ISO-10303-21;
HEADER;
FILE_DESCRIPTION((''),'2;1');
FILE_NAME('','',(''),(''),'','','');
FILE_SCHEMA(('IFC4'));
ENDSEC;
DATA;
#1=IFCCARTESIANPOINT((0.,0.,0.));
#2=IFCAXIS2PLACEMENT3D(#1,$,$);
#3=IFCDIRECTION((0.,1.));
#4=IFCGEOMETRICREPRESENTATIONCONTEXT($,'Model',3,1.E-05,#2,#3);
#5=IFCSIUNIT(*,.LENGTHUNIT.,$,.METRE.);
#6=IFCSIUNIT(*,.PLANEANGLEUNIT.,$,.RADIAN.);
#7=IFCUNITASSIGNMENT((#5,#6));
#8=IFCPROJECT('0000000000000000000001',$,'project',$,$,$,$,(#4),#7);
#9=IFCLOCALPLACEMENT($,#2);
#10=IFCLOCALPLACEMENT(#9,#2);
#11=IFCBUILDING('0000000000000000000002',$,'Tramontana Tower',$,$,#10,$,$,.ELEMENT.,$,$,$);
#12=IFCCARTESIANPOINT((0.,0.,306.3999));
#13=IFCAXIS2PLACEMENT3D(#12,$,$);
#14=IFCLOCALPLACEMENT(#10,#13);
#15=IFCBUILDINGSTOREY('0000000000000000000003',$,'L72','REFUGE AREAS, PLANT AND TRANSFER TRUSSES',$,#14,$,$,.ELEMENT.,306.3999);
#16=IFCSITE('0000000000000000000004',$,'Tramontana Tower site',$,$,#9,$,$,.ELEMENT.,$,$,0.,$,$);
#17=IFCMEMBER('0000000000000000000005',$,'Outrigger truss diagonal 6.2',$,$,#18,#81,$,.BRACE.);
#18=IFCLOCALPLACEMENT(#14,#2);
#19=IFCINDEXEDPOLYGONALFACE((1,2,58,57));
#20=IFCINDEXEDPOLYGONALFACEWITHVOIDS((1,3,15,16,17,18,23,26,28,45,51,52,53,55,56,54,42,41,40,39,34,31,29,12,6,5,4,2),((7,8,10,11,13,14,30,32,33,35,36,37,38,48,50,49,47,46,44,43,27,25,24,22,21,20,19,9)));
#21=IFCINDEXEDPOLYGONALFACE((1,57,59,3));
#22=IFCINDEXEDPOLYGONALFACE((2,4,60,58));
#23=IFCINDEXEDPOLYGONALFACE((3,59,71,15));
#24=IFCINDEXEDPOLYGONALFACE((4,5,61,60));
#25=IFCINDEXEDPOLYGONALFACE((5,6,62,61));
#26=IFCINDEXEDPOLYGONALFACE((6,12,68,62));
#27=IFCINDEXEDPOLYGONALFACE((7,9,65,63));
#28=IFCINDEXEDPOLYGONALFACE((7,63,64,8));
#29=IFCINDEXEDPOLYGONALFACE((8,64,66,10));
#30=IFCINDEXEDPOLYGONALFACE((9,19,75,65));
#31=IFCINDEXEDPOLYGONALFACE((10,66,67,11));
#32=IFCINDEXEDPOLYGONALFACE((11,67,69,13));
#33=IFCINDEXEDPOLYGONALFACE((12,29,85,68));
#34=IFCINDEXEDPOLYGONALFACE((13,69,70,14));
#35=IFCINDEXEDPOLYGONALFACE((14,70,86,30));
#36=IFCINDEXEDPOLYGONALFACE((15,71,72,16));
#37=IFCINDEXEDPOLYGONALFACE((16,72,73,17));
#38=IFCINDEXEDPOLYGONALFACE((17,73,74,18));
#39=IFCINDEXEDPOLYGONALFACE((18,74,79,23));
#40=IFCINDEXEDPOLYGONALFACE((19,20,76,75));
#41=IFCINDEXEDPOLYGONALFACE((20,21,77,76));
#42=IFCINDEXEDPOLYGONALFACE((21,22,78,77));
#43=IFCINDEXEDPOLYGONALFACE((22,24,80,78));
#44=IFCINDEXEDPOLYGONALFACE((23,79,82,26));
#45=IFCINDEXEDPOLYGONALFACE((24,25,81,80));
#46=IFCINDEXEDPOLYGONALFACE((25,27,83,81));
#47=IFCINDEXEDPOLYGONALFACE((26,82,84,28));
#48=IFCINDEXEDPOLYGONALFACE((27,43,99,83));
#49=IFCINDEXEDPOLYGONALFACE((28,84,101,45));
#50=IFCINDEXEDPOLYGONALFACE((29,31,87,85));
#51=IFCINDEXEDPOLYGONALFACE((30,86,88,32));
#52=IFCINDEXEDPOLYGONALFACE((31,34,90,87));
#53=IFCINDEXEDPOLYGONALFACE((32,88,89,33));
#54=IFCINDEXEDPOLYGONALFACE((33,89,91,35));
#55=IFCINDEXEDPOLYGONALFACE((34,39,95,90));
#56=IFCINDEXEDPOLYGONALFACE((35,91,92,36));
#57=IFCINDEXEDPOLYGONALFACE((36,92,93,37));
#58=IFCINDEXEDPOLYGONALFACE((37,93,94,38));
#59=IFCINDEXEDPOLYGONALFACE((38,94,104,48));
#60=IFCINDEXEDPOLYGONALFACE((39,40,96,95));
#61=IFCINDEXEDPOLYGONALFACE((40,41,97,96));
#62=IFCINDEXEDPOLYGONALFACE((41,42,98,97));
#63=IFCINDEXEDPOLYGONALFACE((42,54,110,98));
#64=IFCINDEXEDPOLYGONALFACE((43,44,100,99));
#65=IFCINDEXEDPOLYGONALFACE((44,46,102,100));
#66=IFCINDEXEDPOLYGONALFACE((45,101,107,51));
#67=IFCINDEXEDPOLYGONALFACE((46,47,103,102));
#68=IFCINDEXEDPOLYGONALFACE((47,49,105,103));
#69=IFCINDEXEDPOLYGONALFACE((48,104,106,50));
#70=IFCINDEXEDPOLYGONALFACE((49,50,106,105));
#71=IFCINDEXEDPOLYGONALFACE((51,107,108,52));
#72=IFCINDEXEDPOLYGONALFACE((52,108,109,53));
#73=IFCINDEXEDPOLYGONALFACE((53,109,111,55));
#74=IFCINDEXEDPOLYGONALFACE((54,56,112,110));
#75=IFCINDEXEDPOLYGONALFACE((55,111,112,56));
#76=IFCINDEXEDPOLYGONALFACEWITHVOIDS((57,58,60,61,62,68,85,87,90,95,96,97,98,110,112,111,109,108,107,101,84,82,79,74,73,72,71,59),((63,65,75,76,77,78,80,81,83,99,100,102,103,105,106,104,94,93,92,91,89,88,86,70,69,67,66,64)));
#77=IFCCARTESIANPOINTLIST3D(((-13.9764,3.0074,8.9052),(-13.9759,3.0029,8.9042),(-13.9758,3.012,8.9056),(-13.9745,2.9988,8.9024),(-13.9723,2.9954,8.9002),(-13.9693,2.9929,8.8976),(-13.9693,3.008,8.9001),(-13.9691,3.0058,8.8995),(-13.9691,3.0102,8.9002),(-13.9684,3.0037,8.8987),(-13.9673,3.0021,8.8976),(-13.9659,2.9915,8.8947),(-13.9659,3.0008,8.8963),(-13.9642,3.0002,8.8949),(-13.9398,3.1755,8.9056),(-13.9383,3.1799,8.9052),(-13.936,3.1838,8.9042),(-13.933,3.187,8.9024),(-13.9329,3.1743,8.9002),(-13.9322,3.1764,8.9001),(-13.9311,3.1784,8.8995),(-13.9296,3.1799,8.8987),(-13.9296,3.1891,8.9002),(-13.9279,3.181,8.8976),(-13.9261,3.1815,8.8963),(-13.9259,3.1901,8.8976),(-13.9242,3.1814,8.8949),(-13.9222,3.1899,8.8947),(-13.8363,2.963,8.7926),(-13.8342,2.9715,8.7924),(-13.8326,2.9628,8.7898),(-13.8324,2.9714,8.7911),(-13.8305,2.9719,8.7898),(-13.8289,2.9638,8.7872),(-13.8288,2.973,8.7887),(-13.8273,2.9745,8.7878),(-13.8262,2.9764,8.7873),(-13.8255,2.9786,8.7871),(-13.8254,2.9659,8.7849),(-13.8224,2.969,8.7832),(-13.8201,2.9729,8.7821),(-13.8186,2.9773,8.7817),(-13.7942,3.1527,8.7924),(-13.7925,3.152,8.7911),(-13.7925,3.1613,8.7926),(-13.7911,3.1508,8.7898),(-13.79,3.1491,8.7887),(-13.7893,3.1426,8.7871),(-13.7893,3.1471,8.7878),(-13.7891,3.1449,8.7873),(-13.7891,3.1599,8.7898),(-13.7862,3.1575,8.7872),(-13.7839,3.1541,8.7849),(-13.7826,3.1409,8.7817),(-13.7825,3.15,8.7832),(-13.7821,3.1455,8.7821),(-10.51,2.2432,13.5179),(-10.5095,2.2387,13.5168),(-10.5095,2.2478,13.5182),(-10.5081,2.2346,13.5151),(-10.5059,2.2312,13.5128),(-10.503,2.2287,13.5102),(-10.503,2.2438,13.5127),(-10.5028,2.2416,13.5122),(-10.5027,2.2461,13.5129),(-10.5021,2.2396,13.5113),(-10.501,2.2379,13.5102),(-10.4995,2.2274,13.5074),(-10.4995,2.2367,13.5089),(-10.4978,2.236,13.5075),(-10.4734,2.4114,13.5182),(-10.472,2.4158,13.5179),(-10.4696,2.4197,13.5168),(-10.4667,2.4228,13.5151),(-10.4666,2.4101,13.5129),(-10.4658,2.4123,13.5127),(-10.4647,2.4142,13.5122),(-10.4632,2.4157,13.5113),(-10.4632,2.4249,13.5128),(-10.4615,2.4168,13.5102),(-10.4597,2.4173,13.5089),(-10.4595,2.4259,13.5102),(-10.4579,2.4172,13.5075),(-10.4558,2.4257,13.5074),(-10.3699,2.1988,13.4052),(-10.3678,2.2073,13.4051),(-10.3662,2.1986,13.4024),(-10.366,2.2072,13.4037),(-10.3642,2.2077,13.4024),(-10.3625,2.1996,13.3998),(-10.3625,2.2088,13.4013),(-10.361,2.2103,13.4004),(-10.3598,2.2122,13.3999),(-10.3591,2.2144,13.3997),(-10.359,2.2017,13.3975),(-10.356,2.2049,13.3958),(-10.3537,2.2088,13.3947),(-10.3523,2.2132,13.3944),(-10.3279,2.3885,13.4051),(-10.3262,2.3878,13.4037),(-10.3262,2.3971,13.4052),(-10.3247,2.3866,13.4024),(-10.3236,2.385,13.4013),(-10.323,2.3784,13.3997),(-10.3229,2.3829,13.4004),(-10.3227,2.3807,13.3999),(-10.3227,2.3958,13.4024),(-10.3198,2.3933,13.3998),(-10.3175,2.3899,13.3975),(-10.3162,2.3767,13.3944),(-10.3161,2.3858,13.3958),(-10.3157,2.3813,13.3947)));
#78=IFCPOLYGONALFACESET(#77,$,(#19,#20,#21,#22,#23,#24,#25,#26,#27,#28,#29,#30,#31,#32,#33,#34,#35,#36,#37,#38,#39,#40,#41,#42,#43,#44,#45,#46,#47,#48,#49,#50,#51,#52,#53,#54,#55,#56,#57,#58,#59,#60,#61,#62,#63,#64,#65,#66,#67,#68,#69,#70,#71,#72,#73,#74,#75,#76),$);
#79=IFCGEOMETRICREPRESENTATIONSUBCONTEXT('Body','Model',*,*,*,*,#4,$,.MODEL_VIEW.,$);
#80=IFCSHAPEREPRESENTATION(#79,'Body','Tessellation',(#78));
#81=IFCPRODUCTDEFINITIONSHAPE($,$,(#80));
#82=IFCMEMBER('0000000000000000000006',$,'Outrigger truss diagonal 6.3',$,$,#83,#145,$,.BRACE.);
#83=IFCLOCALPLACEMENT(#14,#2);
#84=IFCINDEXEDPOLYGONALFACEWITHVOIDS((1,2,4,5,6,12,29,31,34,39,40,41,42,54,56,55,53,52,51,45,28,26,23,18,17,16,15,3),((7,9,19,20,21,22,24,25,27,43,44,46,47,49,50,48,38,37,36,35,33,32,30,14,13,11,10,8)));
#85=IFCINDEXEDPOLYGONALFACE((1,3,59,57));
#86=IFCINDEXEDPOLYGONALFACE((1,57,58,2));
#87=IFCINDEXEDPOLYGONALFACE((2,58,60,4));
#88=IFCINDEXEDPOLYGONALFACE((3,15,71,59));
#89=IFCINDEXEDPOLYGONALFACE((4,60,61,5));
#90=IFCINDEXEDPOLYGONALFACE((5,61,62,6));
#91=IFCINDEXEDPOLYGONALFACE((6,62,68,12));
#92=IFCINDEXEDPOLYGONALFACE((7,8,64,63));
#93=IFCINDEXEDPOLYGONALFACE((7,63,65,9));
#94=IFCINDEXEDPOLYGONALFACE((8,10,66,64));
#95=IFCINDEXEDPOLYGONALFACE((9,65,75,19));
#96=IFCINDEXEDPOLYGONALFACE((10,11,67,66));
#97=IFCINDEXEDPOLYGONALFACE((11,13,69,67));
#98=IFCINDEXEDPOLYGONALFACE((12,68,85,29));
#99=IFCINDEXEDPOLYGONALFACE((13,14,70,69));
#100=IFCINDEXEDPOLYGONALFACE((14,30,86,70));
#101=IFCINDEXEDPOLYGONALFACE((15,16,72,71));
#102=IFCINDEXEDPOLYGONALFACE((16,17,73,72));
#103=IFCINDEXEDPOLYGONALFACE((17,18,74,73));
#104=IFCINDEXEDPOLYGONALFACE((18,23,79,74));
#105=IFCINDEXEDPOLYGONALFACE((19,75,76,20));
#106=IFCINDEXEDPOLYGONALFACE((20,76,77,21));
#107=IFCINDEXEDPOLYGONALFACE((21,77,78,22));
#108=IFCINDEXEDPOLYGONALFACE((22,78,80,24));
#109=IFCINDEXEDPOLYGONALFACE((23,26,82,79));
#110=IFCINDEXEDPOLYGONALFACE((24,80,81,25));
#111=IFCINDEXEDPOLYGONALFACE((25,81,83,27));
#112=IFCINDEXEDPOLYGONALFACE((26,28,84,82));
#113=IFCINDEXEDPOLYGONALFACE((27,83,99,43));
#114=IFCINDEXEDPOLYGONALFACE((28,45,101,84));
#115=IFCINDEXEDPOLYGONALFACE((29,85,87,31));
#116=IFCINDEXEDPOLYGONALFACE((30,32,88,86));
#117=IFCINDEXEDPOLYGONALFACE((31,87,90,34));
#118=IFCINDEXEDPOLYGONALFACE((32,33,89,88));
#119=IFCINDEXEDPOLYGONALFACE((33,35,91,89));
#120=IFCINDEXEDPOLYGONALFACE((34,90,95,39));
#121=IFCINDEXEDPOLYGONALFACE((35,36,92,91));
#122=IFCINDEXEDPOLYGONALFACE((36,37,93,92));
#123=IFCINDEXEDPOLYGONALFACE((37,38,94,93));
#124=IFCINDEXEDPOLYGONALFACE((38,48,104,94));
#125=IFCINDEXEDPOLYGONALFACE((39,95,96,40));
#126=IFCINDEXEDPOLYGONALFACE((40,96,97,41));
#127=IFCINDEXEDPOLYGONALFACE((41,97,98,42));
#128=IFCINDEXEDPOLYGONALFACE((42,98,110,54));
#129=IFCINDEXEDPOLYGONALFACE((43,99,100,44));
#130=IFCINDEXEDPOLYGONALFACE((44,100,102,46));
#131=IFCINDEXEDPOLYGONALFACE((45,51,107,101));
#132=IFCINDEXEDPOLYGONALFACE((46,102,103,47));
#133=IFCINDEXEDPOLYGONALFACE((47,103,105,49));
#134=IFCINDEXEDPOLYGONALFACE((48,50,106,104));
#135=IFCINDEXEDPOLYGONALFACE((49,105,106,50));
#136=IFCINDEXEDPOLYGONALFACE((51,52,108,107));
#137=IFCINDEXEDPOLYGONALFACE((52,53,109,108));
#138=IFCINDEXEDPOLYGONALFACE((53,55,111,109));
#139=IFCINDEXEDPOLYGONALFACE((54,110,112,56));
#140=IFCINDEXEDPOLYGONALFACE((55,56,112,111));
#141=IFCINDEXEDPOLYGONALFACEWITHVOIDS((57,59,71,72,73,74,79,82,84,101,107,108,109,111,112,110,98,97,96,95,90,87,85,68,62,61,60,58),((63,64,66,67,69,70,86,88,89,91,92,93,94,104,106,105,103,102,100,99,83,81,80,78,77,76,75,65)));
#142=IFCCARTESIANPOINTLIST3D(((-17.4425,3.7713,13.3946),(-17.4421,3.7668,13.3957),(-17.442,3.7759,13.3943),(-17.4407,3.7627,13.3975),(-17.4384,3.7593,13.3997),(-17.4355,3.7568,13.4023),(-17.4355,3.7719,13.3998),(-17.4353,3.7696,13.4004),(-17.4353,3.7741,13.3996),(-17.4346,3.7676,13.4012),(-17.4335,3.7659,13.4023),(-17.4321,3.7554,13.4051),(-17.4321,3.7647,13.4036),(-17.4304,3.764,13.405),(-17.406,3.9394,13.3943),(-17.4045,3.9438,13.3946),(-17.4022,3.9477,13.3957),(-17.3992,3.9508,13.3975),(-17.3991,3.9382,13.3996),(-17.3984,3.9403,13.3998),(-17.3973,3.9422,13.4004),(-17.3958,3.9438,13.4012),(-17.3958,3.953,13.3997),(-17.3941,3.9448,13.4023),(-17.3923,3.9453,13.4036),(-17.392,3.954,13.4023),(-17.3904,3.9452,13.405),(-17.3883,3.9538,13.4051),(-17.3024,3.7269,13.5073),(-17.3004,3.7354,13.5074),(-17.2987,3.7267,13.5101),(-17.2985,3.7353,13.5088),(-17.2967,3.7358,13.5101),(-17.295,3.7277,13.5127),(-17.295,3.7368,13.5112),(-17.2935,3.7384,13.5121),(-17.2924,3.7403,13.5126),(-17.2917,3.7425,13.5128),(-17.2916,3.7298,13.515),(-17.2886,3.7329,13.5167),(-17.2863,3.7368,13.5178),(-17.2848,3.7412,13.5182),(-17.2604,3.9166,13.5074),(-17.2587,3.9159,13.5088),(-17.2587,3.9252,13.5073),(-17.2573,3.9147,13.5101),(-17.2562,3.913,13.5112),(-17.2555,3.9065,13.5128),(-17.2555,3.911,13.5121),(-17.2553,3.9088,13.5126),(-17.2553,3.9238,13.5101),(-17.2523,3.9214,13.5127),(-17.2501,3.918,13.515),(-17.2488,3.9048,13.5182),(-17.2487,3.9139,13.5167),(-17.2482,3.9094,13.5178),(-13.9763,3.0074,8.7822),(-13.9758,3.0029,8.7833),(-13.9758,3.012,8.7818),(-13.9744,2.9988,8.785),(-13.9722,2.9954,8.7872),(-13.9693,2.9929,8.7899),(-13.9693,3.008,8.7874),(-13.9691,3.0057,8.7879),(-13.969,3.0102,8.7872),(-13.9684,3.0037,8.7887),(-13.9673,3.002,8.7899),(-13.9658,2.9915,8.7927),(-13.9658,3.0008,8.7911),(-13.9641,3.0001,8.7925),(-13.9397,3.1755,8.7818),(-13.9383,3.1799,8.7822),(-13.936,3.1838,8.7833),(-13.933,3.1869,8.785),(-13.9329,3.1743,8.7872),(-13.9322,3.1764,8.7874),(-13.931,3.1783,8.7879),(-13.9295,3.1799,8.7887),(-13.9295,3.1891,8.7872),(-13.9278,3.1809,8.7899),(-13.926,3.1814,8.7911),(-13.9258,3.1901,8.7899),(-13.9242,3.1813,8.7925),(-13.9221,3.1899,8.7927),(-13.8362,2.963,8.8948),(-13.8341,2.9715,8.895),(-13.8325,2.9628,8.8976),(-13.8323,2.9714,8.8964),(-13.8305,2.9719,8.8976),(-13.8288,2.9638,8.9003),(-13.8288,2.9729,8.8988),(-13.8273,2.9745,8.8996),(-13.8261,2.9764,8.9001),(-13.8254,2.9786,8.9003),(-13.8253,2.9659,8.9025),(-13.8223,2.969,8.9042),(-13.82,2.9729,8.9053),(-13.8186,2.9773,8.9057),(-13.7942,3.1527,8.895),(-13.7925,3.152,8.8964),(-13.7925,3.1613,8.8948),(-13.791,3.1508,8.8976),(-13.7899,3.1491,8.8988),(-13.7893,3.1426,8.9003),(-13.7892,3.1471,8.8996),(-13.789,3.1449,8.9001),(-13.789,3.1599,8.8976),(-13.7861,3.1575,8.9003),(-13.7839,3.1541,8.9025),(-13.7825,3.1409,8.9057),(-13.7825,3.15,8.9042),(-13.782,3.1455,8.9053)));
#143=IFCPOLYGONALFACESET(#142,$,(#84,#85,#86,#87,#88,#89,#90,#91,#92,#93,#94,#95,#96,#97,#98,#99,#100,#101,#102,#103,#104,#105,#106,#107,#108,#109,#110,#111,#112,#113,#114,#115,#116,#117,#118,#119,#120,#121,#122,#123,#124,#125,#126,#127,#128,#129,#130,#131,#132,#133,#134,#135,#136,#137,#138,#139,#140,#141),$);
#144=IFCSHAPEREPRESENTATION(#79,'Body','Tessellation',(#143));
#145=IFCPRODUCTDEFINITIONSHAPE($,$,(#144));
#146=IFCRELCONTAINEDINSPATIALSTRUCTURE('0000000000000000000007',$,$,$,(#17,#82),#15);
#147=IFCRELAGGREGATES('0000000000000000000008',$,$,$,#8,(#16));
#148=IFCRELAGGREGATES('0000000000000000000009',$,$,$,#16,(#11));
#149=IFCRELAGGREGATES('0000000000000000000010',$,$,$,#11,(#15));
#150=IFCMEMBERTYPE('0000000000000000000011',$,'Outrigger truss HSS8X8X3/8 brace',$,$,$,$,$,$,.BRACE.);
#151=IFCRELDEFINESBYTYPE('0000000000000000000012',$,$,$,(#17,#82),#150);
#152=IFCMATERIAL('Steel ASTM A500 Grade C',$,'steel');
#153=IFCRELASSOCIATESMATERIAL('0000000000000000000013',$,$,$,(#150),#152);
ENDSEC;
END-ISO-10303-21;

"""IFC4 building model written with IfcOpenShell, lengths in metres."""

from ifc_helpers import new_model, si_unit, direction, frame, origin, origin_2d, place, context, subcontext, project, spatial, hollow_rectangle, extrude, material, material_profile, profile_set, type_object, element, save


model = new_model("IFC4")

# Units and contexts
model_context = context("Model", 3, precision=1e-05, world=origin(), true_north=direction((0.0, 1.0)))
body_context = subcontext(model_context, "Body", "Model", "MODEL_VIEW")
ifc_project = project(units=[si_unit("LENGTHUNIT", "METRE"), si_unit("PLANEANGLEUNIT", "RADIAN")], contexts=[model_context])

# Site, building, storey
site_placement = place(None, origin())
site = spatial("IfcSite", under=ifc_project, at=site_placement, Name="Tramontana Tower site", CompositionType="ELEMENT", RefElevation=0.0)
building_placement = place(site_placement, origin())
building = spatial("IfcBuilding", under=site, at=building_placement, Name="Tramontana Tower", CompositionType="ELEMENT")
storey_placement = place(building_placement, frame((0.0, 0.0, 306.3999)))
storey = spatial("IfcBuildingStorey", under=building, at=storey_placement, Name="L72", Description="REFUGE AREAS, PLANT AND TRANSFER TRUSSES", CompositionType="ELEMENT", Elevation=306.3999)

# Members
ifc_material_1 = material(Name="Steel ASTM A500 Grade C", Category="steel")
ifc_material_profile_1 = material_profile(ifc_material_1, hollow_rectangle(XDim=0.2031, YDim=0.2031, WallThickness=0.0088, InnerFilletRadius=0.0088, OuterFilletRadius=0.0178, at=origin_2d()), Name="HSS8X8X3/8")
ifc_profile_set_1 = profile_set([ifc_material_profile_1], Name="Steel ASTM A500 Grade C")
member_type_1 = type_object("IfcMemberType", Name="Outrigger truss HSS8X8X3/8 brace", PredefinedType="BRACE", material=ifc_profile_set_1)
member_1_placement = place(storey_placement, frame((-10.4128, 2.3123, 13.4563), z_axis=(-0.595564, 0.131294, -0.792506), x_axis=(-0.215284, -0.976551, 0.0)))
element("IfcMember", 1, at=member_1_placement, inside=storey, type_object=member_type_1, Name="Outrigger truss diagonal 6.2", PredefinedType="BRACE", context=body_context, shape_type="SweptSolid", body=[
    extrude(hollow_rectangle(XDim=0.2031, YDim=0.2031, WallThickness=0.0088, InnerFilletRadius=0.0088, OuterFilletRadius=0.0178, at=origin_2d()), origin(), (0.0, 0.0, 1.0), 5.8203),
])
for number, where, z_axis, x_axis, name in (
    (2, (-13.8792, 3.0764, 8.8438), (-0.595567, 0.131253, 0.79251), (-0.215219, -0.976566, 0.0), "Outrigger truss diagonal 6.3"),
):
    element("IfcMember", number, at=place(storey_placement, frame(where, z_axis=z_axis, x_axis=x_axis)), inside=storey, type_object=member_type_1, Name=name, PredefinedType="BRACE", context=body_context, shape_type="SweptSolid", body=[
        extrude(hollow_rectangle(XDim=0.2031, YDim=0.2031, WallThickness=0.0088, InnerFilletRadius=0.0088, OuterFilletRadius=0.0178, at=origin_2d()), origin(), (0.0, 0.0, 1.0), 5.8201),
    ])

save(model, "model.ifc")
